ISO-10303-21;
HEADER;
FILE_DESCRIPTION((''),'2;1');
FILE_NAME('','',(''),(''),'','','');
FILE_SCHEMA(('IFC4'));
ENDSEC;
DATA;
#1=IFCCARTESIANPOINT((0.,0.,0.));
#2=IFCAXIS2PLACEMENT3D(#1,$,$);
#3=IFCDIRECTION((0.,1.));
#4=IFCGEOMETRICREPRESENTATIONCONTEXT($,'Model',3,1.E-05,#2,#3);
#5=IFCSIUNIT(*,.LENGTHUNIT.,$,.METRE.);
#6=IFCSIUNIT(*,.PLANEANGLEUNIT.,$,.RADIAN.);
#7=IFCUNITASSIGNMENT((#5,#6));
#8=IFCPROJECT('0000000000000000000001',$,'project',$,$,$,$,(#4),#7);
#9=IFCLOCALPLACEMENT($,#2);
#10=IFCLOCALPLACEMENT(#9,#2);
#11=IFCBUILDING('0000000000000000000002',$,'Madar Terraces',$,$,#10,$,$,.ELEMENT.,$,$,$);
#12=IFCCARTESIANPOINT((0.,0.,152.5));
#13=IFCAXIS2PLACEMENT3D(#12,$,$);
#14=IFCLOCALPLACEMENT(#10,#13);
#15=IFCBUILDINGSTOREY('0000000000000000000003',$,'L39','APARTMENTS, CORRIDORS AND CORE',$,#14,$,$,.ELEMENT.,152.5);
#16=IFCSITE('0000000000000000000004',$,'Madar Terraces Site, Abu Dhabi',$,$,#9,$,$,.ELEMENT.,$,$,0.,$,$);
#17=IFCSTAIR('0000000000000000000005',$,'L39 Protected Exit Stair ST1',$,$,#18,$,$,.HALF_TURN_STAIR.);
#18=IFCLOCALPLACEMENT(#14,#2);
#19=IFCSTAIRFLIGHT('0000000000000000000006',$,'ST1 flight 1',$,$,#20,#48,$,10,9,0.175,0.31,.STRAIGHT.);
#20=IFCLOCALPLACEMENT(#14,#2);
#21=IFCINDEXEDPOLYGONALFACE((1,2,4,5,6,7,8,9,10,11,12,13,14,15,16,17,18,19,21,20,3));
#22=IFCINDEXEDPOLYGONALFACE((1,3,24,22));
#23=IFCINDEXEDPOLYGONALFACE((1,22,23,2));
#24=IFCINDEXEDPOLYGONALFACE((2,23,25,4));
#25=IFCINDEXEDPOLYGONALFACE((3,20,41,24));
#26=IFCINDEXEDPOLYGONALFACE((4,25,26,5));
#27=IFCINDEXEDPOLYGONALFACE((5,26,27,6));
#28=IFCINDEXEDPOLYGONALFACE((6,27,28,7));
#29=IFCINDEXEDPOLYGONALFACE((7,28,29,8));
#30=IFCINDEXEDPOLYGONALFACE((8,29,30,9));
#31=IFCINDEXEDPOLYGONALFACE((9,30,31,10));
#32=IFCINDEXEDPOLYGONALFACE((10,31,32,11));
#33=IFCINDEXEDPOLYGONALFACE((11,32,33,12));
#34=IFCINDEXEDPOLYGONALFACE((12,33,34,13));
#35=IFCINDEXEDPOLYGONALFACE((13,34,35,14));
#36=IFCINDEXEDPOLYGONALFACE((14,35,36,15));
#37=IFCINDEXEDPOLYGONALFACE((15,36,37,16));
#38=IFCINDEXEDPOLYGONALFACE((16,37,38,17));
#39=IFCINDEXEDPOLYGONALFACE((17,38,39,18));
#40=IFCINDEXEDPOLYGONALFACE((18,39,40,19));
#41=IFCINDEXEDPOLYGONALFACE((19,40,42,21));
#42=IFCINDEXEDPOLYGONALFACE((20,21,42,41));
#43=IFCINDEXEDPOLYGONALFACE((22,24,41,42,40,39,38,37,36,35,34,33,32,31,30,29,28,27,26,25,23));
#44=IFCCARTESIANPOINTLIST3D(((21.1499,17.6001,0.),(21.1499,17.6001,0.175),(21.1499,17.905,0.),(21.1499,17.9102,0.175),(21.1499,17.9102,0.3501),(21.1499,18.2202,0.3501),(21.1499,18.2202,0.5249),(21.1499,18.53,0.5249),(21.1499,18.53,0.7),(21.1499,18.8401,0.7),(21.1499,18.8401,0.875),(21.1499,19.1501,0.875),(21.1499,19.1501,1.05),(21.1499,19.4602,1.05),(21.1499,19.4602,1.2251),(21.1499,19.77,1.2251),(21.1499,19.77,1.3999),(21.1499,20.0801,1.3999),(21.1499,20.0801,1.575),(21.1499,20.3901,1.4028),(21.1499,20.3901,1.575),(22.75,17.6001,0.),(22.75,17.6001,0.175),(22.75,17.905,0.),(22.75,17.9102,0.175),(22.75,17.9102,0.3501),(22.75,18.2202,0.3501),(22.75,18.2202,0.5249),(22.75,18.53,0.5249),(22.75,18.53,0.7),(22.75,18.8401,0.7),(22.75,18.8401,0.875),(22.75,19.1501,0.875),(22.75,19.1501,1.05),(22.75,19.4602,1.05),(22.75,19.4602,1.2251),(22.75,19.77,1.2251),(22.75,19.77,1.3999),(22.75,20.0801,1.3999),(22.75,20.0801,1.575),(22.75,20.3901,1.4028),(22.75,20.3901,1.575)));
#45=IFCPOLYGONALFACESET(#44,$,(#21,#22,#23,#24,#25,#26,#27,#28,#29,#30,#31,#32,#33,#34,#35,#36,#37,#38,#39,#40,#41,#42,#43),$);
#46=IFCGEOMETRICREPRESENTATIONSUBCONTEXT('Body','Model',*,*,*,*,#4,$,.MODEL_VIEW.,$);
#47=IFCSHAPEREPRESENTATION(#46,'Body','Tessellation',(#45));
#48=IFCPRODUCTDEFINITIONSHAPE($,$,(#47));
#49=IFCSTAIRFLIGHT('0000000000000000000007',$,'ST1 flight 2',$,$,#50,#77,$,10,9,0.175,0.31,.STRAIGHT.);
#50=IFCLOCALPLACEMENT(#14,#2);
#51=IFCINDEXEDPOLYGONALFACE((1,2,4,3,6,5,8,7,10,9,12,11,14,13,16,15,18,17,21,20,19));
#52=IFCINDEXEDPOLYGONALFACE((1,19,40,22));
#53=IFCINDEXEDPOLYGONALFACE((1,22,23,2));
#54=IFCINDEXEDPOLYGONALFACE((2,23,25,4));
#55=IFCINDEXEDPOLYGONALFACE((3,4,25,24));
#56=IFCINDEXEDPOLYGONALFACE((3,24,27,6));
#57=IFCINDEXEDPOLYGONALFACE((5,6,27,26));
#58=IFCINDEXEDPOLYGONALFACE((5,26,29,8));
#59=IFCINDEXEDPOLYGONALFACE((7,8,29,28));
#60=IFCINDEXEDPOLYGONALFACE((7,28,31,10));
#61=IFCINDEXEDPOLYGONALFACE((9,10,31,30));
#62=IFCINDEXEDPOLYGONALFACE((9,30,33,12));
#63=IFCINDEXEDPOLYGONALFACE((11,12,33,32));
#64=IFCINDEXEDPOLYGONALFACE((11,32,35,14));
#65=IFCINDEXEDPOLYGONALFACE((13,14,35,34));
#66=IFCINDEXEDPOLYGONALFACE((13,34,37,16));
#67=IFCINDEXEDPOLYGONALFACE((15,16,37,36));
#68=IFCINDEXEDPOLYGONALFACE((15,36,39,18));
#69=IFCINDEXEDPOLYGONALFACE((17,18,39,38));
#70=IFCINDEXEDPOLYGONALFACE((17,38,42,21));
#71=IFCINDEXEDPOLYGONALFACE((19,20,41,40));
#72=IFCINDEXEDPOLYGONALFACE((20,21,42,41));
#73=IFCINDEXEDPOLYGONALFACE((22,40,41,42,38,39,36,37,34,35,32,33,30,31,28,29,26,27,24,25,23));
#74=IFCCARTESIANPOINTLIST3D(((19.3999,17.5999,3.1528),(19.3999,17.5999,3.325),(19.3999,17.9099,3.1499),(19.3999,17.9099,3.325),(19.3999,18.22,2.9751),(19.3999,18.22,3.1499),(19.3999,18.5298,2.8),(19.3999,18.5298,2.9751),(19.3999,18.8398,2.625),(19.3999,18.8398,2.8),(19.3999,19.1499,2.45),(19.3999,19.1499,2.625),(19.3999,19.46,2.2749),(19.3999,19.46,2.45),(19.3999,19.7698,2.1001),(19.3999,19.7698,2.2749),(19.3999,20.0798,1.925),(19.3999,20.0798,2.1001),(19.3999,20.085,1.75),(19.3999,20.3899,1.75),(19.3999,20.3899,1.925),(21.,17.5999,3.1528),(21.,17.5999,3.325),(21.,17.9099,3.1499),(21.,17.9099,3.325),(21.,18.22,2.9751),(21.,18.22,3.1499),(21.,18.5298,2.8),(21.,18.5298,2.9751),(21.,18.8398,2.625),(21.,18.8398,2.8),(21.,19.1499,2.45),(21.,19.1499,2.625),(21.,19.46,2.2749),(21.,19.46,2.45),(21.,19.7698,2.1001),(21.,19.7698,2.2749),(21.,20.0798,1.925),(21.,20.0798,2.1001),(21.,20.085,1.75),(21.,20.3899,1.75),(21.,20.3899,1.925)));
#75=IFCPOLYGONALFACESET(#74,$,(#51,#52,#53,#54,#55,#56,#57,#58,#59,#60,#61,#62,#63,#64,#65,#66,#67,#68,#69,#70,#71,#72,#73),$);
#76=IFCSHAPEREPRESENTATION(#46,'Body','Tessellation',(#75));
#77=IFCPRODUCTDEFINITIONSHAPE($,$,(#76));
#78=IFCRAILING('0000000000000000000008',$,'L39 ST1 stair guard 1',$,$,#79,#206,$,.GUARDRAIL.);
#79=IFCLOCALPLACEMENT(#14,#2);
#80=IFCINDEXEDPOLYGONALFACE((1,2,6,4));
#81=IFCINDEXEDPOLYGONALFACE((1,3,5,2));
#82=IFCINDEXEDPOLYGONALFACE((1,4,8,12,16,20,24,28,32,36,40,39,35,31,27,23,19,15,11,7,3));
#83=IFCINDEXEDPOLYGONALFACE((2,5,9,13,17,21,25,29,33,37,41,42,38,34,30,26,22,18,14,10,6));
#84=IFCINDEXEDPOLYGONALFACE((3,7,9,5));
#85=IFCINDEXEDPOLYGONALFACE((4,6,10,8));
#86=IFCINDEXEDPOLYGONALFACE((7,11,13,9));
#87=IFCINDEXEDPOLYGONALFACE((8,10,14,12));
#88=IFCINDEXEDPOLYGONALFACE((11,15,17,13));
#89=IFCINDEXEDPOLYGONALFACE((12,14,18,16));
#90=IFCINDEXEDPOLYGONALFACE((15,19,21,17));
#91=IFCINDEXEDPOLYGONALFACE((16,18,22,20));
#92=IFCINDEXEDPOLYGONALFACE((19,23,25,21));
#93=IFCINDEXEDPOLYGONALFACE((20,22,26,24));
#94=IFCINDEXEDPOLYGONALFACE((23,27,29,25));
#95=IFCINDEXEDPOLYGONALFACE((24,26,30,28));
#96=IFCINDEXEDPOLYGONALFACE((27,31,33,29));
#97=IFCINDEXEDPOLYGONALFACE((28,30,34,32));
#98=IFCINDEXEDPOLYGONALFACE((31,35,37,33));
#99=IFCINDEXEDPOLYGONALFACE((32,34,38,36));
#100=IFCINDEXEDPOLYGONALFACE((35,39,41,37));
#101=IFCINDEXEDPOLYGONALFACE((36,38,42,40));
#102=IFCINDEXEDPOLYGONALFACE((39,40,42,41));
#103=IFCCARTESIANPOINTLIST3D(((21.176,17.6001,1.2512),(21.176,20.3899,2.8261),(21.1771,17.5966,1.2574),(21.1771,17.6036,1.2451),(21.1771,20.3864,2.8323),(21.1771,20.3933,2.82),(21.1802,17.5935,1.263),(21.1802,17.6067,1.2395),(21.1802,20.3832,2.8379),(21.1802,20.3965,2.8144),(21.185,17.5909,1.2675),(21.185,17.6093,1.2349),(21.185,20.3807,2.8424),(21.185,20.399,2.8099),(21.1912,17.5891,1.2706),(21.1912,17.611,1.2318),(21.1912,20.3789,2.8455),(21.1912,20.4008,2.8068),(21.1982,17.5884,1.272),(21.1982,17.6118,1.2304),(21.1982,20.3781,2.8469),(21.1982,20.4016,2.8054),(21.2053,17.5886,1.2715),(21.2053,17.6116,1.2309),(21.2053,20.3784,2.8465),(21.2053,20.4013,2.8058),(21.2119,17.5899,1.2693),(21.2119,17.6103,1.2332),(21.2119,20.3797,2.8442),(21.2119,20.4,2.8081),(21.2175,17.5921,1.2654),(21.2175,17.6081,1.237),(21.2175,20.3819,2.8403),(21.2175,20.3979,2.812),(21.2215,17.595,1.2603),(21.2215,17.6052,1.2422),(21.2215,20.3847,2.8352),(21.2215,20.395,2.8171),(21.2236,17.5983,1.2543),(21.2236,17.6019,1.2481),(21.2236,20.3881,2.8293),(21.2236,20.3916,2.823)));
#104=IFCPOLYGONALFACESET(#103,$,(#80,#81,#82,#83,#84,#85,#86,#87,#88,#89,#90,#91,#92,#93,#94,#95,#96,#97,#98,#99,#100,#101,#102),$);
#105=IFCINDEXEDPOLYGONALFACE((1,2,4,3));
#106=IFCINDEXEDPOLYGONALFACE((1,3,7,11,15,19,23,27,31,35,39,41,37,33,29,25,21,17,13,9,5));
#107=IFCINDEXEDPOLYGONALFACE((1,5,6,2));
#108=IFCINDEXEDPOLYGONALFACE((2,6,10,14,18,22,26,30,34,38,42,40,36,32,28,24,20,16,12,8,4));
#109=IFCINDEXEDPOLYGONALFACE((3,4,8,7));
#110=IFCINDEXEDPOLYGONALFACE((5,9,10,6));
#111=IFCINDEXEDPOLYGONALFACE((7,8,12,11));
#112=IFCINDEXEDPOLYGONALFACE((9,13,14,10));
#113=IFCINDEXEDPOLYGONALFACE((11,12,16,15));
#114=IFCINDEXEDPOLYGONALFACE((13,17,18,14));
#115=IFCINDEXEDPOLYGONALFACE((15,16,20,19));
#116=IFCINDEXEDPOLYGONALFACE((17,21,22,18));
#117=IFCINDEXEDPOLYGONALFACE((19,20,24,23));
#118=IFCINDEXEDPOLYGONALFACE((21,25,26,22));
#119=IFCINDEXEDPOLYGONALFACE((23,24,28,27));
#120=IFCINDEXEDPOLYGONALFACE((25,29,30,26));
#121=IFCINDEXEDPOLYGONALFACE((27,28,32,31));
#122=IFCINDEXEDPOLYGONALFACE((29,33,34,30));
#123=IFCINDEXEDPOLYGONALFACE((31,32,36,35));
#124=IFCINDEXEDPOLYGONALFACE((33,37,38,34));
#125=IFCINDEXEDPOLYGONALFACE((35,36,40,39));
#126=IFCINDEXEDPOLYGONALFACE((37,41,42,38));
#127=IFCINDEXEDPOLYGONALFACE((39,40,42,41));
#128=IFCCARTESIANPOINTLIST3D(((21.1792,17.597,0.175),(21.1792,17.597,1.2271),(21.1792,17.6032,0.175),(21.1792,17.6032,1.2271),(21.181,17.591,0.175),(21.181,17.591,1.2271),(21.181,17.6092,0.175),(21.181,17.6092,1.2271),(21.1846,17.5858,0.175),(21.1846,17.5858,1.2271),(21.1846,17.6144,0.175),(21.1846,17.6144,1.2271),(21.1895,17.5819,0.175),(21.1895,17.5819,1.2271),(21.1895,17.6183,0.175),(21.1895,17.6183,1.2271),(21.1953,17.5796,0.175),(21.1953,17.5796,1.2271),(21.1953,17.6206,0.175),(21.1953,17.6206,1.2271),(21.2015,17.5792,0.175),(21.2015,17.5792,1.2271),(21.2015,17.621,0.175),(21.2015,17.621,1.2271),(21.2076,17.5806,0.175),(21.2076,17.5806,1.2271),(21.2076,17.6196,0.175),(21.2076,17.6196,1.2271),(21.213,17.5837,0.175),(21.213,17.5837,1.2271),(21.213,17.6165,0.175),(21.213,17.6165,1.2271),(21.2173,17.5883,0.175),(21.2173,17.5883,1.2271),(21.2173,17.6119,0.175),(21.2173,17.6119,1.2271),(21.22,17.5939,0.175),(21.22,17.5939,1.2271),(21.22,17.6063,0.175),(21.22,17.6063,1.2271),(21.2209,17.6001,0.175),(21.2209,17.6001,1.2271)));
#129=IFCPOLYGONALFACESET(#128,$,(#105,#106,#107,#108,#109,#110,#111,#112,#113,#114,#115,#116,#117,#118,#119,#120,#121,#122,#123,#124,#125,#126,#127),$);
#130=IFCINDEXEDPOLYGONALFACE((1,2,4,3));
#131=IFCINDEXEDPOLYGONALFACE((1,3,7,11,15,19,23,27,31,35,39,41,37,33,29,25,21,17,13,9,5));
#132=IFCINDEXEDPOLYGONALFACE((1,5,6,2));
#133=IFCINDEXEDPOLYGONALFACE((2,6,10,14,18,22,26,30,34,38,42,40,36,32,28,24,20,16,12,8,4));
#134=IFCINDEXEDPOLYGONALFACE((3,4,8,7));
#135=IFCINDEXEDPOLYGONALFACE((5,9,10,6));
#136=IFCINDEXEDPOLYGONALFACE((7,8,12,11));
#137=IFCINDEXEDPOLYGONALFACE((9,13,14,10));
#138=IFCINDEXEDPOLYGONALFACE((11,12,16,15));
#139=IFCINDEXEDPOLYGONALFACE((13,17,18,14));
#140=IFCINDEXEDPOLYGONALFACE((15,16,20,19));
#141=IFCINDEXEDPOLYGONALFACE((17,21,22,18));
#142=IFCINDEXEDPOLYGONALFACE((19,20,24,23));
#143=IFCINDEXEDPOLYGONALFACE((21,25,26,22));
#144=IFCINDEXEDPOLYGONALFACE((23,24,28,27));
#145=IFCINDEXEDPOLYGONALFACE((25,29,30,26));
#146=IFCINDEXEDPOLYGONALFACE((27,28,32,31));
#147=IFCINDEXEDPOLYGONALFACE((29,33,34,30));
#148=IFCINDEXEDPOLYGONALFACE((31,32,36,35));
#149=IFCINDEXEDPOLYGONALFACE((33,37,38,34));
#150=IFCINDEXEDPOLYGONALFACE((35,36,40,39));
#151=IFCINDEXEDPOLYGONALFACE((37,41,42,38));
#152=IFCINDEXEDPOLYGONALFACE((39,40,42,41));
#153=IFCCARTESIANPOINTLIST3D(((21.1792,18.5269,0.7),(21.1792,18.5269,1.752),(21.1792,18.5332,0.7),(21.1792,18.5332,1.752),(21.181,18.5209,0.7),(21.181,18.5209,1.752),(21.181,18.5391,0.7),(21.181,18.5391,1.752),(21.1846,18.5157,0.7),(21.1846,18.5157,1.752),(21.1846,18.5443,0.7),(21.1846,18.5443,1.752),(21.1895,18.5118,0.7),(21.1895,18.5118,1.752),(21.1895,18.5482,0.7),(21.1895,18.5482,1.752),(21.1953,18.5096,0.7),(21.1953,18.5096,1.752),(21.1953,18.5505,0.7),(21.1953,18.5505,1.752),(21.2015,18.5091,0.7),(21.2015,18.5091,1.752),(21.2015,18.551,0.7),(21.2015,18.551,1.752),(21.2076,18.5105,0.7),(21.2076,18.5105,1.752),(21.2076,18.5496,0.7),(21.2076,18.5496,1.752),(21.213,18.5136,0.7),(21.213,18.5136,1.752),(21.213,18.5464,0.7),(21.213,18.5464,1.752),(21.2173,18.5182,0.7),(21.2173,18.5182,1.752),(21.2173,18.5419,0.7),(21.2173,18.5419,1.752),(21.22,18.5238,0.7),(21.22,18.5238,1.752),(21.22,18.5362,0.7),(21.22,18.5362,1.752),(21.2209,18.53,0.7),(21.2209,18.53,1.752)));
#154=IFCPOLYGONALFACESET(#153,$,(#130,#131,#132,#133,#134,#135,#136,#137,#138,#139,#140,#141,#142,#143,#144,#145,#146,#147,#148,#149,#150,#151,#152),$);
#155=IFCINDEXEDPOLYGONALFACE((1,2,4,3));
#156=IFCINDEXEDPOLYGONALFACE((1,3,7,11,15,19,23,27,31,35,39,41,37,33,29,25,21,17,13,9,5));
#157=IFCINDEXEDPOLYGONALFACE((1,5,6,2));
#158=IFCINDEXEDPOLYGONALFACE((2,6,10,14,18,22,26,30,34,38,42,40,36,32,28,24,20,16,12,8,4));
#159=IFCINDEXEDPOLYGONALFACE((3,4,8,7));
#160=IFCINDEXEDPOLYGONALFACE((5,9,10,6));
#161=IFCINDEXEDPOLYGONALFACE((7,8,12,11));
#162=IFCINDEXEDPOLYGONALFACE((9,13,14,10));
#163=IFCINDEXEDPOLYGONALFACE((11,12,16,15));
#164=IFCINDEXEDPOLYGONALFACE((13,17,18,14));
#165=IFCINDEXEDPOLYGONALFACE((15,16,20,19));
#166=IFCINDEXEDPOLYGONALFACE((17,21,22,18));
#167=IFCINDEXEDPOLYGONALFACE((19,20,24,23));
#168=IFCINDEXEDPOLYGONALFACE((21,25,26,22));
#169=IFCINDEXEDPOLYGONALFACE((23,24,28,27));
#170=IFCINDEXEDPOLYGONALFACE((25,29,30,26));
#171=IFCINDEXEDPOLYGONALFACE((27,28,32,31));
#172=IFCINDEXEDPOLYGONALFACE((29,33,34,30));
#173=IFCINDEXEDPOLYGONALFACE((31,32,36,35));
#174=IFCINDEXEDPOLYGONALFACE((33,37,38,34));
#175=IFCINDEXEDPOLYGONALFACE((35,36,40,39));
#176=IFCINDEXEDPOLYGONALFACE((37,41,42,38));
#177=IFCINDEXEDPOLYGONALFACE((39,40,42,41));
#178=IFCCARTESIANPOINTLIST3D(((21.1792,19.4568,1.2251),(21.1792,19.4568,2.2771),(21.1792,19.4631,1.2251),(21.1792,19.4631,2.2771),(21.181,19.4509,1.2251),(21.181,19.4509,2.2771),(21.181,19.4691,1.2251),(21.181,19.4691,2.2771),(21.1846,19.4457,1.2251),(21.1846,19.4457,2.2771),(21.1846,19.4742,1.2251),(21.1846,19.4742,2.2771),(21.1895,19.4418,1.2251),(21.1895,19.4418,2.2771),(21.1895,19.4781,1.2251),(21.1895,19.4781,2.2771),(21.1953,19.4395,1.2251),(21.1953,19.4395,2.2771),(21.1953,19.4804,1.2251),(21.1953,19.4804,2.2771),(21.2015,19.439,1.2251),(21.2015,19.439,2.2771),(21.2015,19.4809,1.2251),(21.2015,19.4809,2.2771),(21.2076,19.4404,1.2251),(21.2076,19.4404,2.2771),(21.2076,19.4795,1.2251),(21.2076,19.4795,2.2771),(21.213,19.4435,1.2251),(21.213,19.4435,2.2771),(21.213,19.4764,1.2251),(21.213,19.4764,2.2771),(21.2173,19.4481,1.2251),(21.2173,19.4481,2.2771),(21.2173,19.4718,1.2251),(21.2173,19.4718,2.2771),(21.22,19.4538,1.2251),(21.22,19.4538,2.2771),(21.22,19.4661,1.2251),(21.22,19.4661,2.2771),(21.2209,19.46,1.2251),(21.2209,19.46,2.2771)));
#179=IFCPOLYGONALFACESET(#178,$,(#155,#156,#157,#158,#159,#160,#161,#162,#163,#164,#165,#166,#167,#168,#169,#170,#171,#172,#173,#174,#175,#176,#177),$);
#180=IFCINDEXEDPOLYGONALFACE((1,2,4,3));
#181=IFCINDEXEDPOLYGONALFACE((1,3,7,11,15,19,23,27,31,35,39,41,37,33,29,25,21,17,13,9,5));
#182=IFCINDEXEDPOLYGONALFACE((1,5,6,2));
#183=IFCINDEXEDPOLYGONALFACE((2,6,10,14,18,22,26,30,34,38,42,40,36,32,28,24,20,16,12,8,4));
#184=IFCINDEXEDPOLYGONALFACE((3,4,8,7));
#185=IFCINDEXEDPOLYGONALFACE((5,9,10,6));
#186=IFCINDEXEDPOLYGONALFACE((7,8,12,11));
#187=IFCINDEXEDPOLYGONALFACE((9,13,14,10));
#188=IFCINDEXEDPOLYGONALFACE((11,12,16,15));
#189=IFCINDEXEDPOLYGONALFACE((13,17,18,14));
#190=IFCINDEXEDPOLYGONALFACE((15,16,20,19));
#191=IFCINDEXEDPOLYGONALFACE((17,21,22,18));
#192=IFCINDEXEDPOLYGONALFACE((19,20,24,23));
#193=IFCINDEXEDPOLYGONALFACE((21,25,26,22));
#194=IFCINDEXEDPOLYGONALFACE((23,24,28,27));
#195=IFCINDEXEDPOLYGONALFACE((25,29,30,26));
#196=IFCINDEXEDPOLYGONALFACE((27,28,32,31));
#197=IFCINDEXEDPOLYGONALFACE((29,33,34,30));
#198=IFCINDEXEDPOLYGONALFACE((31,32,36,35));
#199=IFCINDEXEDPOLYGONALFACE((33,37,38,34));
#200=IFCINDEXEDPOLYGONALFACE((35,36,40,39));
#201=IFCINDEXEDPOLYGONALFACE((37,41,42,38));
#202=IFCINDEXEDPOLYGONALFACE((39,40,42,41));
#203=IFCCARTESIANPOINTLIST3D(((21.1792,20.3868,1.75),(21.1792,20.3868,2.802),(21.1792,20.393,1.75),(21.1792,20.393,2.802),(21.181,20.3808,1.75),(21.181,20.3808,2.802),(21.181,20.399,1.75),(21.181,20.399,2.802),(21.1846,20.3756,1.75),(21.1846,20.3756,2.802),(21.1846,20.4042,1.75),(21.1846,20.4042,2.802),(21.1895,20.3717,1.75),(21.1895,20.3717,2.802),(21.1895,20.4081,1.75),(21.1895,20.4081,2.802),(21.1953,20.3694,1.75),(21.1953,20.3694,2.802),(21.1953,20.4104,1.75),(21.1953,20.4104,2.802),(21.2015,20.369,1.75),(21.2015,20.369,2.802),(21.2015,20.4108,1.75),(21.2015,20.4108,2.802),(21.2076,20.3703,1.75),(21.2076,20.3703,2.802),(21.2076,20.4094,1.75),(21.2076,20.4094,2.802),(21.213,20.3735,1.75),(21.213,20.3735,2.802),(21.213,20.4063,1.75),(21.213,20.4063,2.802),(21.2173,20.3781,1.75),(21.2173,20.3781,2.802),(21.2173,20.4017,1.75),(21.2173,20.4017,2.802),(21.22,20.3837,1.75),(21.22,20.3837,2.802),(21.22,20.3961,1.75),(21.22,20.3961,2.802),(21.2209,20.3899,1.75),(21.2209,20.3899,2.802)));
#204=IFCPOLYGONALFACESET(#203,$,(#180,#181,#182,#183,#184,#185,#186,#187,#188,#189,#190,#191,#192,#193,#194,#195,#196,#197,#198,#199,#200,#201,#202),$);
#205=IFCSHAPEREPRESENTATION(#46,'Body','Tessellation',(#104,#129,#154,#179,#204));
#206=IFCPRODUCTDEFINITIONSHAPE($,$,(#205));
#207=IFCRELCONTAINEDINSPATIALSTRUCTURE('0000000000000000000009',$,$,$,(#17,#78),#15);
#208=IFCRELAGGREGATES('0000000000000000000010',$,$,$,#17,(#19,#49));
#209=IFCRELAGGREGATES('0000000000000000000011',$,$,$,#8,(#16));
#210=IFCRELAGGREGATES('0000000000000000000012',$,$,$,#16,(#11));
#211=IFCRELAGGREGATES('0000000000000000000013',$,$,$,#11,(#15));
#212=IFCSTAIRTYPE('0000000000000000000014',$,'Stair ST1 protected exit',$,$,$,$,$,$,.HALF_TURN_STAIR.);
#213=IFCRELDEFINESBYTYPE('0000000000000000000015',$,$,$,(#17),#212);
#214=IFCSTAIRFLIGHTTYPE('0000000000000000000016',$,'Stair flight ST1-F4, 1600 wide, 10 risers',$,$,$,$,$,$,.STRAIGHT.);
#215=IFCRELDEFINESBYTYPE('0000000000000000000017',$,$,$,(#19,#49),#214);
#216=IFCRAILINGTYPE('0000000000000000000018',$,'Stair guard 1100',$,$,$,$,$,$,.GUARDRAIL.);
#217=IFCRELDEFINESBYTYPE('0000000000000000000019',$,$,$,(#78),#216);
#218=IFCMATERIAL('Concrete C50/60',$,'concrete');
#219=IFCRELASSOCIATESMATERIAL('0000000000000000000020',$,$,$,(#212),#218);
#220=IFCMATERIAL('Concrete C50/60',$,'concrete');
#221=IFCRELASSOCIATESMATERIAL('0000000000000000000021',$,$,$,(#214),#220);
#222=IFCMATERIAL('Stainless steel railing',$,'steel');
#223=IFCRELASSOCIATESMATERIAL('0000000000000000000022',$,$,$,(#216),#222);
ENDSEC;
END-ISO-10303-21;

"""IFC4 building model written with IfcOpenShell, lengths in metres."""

from ifc_helpers import new_model, si_unit, direction, frame, origin, origin_2d, place, context, subcontext, project, spatial, polyline, circle, outline, extrude, material, type_object, element, aggregate, save


model = new_model("IFC4")

# Units and contexts
model_context = context("Model", 3, precision=1e-05, world=origin(), true_north=direction((0.0, 1.0)))
body_context = subcontext(model_context, "Body", "Model", "MODEL_VIEW")
ifc_project = project(units=[si_unit("LENGTHUNIT", "METRE"), si_unit("PLANEANGLEUNIT", "RADIAN")], contexts=[model_context])

# Site, building, storey
site_placement = place(None, origin())
site = spatial("IfcSite", under=ifc_project, at=site_placement, Name="Madar Terraces Site, Abu Dhabi", CompositionType="ELEMENT", RefElevation=0.0)
building_placement = place(site_placement, origin())
building = spatial("IfcBuilding", under=site, at=building_placement, Name="Madar Terraces", CompositionType="ELEMENT")
storey_placement = place(building_placement, frame((0.0, 0.0, 152.5)))
storey = spatial("IfcBuildingStorey", under=building, at=storey_placement, Name="L39", Description="APARTMENTS, CORRIDORS AND CORE", CompositionType="ELEMENT", Elevation=152.5)

# Stair, stair flights
ifc_material_1 = material(Name="Concrete C50/60", Category="concrete")
stair_type = type_object("IfcStairType", Name="Stair ST1 protected exit", PredefinedType="HALF_TURN_STAIR", material=ifc_material_1)
stair_placement = place(storey_placement, origin())
stair = element("IfcStair", 1, at=stair_placement, inside=storey, type_object=stair_type, Name="L39 Protected Exit Stair ST1", PredefinedType="HALF_TURN_STAIR")
ifc_material_2 = material(Name="Concrete C50/60", Category="concrete")
stair_flight_type = type_object("IfcStairFlightType", Name="Stair flight ST1-F4, 1600 wide, 10 risers", PredefinedType="STRAIGHT", material=ifc_material_2)
stair_flight_1_placement = place(storey_placement, frame((21.95, 17.6001, 0.0), z_axis=(0.0, 0.0, 1.0), x_axis=(0.0, 1.0, 0.0)))
stair_flight_1 = element("IfcStairFlight", 2, at=stair_flight_1_placement, type_object=stair_flight_type, Name="ST1 flight 1", NumberOfRisers=10, NumberOfTreads=9, PredefinedType="STRAIGHT", RiserHeight=0.175, TreadLength=0.31, context=body_context, shape_type="SweptSolid", body=[
    extrude(outline(polyline([(0.0, 0.0), (0.0, 0.175), (0.3101, 0.175), (0.3101, 0.3501), (0.6201, 0.3501), (0.6201, 0.5249), (0.9299, 0.5249), (0.9299, 0.7), (1.24, 0.7), (1.24, 0.875), (1.55, 0.875), (1.55, 1.05), (1.8601, 1.05), (1.8601, 1.2251), (2.1699, 1.2251), (2.1699, 1.3999), (2.48, 1.3999), (2.48, 1.575), (2.79, 1.575), (2.79, 1.75), (2.79, 1.4028), (0.3049, 0.0), (0.0, 0.0)])), frame((0.0, 0.8, 0.0), z_axis=(0.0, -1.0, 0.0), x_axis=(1.0, 0.0, 0.0)), (0.0, 0.0, 1.0), 1.6001),
])
stair_flight_2_placement = place(storey_placement, frame((20.2, 20.3899, 1.75), z_axis=(0.0, 0.0, 1.0), x_axis=(0.0, -1.0, 0.0)))
stair_flight_2 = element("IfcStairFlight", 3, at=stair_flight_2_placement, type_object=stair_flight_type, Name="ST1 flight 2", NumberOfRisers=10, NumberOfTreads=9, PredefinedType="STRAIGHT", RiserHeight=0.175, TreadLength=0.31, context=body_context, shape_type="SweptSolid", body=[
    extrude(outline(polyline([(0.0, 0.0), (0.0, 0.175), (0.3101, 0.175), (0.3101, 0.3501), (0.6201, 0.3501), (0.6201, 0.5249), (0.9299, 0.5249), (0.9299, 0.7), (1.24, 0.7), (1.24, 0.875), (1.55, 0.875), (1.55, 1.05), (1.8601, 1.05), (1.8601, 1.2251), (2.1699, 1.2251), (2.1699, 1.3999), (2.48, 1.3999), (2.48, 1.575), (2.79, 1.575), (2.79, 1.75), (2.79, 1.4028), (0.3049, 0.0), (0.0, 0.0)])), frame((0.0, 0.8, 0.0), z_axis=(0.0, -1.0, 0.0), x_axis=(1.0, 0.0, 0.0)), (0.0, 0.0, 1.0), 1.6001),
])
aggregate(stair, [stair_flight_1, stair_flight_2])

# Railing
ifc_material_3 = material(Name="Stainless steel railing", Category="steel")
railing_type_1 = type_object("IfcRailingType", Name="Stair guard 1100", PredefinedType="GUARDRAIL", material=ifc_material_3)
railing_1_placement = place(storey_placement, frame((21.2, 17.6001, 0.175)))
element("IfcRailing", 4, at=railing_1_placement, inside=storey, type_object=railing_type_1, Name="L39 ST1 stair guard 1", PredefinedType="GUARDRAIL", context=body_context, shape_type="SweptSolid", body=[
    extrude(circle(Radius=0.0239, at=origin_2d()), frame((0.0, 0.0, 1.0762), z_axis=(0.0, 0.870815, 0.49161), x_axis=(-1.0, 0.0, 0.0)), (0.0, 0.0, 1.0), 3.2036),
    extrude(circle(Radius=0.021, at=origin_2d()), origin(), (0.0, 0.0, 1.0), 1.052),
    extrude(circle(Radius=0.021, at=origin_2d()), frame((0.0, 0.9299, 0.5249)), (0.0, 0.0, 1.0), 1.052),
    extrude(circle(Radius=0.021, at=origin_2d()), frame((0.0, 1.8599, 1.05)), (0.0, 0.0, 1.0), 1.052),
    extrude(circle(Radius=0.021, at=origin_2d()), frame((0.0, 2.7898, 1.575)), (0.0, 0.0, 1.0), 1.052),
])

save(model, "model.ifc")
